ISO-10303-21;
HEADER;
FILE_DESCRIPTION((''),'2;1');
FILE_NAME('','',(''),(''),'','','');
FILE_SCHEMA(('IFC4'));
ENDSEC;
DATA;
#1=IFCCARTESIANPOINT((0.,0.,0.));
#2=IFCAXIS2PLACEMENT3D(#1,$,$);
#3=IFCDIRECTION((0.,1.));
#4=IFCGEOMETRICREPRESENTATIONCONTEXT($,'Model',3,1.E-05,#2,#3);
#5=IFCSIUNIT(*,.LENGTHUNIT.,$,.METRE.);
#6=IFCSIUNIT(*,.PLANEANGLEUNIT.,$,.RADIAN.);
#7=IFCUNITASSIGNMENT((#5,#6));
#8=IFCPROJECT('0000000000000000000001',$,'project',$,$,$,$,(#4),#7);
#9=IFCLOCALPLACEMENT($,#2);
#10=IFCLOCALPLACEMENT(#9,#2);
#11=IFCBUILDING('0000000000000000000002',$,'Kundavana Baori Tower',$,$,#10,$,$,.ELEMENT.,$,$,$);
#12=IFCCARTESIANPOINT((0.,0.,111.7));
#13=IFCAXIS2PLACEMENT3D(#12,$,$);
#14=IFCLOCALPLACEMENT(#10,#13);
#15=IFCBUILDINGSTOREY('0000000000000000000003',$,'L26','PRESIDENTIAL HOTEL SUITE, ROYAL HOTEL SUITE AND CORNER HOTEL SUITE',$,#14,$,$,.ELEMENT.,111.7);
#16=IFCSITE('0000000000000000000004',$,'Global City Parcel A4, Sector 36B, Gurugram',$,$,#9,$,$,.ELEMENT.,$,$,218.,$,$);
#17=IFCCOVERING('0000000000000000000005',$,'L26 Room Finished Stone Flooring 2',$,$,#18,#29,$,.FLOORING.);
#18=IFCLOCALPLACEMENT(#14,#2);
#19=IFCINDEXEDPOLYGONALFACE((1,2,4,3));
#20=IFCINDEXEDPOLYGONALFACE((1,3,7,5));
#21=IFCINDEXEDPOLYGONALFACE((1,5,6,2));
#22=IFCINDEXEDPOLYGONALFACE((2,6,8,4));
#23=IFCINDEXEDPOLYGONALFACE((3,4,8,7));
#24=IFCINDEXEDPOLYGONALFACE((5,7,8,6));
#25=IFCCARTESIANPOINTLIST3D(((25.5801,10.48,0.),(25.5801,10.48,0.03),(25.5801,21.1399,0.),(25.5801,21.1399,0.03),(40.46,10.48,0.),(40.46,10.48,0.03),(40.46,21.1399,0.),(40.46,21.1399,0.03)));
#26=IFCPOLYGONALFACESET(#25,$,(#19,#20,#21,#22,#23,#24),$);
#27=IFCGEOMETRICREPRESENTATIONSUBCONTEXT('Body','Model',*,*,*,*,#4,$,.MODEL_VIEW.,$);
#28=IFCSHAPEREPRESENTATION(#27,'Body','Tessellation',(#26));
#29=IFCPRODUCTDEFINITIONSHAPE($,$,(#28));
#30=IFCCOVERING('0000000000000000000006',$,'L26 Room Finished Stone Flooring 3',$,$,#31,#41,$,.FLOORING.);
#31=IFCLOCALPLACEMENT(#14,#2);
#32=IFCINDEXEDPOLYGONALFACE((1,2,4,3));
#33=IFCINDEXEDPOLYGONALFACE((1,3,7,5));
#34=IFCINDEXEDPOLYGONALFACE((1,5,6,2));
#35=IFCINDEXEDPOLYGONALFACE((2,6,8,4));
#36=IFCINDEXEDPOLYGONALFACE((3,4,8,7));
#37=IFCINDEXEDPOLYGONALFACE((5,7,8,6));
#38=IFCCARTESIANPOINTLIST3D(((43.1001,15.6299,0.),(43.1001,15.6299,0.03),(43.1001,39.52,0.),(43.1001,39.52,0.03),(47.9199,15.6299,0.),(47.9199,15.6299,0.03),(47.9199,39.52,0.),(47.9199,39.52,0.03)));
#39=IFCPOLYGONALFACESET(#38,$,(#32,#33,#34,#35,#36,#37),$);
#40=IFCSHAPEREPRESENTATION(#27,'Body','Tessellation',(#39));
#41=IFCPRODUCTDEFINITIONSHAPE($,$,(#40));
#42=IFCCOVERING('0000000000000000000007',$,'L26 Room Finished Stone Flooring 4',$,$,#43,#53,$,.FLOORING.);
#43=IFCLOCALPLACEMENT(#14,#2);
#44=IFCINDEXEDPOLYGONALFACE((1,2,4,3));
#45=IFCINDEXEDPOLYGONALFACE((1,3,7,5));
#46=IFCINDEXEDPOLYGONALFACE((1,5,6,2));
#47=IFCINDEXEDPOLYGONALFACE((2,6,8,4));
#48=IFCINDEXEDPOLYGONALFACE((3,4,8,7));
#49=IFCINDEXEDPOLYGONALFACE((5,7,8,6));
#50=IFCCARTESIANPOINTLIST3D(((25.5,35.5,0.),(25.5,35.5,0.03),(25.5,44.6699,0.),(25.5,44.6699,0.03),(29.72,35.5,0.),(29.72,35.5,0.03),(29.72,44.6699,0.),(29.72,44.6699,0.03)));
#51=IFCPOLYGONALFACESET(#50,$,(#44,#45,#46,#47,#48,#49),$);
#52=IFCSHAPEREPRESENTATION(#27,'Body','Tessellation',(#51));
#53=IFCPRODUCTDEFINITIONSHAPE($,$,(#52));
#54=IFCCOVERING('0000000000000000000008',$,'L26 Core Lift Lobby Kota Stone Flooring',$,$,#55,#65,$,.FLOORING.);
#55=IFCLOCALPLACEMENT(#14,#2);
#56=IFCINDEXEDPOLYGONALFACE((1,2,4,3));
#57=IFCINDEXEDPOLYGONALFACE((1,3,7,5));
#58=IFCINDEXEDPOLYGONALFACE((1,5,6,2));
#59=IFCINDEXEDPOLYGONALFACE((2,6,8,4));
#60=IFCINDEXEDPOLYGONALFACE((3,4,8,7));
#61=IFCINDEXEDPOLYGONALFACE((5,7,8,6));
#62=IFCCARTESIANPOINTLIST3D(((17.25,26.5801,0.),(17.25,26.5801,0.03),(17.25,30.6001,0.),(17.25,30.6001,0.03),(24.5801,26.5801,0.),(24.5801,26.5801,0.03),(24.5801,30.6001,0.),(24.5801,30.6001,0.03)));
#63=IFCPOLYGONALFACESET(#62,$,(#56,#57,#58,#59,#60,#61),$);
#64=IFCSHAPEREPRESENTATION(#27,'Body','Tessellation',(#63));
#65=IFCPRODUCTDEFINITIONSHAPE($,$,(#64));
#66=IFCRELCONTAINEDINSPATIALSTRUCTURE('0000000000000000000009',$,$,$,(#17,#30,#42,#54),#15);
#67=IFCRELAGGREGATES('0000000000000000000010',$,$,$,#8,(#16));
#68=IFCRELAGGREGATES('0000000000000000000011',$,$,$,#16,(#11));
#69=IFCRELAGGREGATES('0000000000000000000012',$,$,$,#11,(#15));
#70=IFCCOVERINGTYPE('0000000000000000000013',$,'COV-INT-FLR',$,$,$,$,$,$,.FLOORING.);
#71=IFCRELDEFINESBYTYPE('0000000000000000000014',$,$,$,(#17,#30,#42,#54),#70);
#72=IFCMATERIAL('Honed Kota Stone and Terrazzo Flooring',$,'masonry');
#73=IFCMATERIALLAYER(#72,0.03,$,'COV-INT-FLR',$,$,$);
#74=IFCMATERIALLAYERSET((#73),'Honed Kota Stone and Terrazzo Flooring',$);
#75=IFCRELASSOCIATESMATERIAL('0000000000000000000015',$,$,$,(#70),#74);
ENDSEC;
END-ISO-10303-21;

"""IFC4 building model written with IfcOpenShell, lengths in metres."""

from ifc_helpers import new_model, si_unit, direction, frame, origin, place, context, subcontext, project, spatial, polyline, outline, extrude, material, layer, layer_set, type_object, element, save


model = new_model("IFC4")

# Units and contexts
model_context = context("Model", 3, precision=1e-05, world=origin(), true_north=direction((0.0, 1.0)))
body_context = subcontext(model_context, "Body", "Model", "MODEL_VIEW")
ifc_project = project(units=[si_unit("LENGTHUNIT", "METRE"), si_unit("PLANEANGLEUNIT", "RADIAN")], contexts=[model_context])

# Site, building, storey
site_placement = place(None, origin())
site = spatial("IfcSite", under=ifc_project, at=site_placement, Name="Global City Parcel A4, Sector 36B, Gurugram", CompositionType="ELEMENT", RefElevation=218.0)
building_placement = place(site_placement, origin())
building = spatial("IfcBuilding", under=site, at=building_placement, Name="Kundavana Baori Tower", CompositionType="ELEMENT")
storey_placement = place(building_placement, frame((0.0, 0.0, 111.7)))
storey = spatial("IfcBuildingStorey", under=building, at=storey_placement, Name="L26", Description="PRESIDENTIAL HOTEL SUITE, ROYAL HOTEL SUITE AND CORNER HOTEL SUITE", CompositionType="ELEMENT", Elevation=111.7)

# Coverings
ifc_material_1 = material(Name="Honed Kota Stone and Terrazzo Flooring", Category="masonry")
ifc_layer_1 = layer(ifc_material_1, 0.03, Name="COV-INT-FLR")
ifc_layer_set_1 = layer_set([ifc_layer_1], Name="Honed Kota Stone and Terrazzo Flooring")
covering_type = type_object("IfcCoveringType", Name="COV-INT-FLR", PredefinedType="FLOORING", material=ifc_layer_set_1)
covering_1_placement = place(storey_placement, origin())
element("IfcCovering", 1, at=covering_1_placement, inside=storey, type_object=covering_type, Name="L26 Room Finished Stone Flooring 2", PredefinedType="FLOORING", context=body_context, shape_type="SweptSolid", body=[
    extrude(outline(polyline([(25.5801, 10.48), (40.46, 10.48), (40.46, 21.1399), (25.5801, 21.1399), (25.5801, 10.48)])), origin(), (0.0, 0.0, 1.0), 0.03),
])
covering_2_placement = place(storey_placement, origin())
element("IfcCovering", 2, at=covering_2_placement, inside=storey, type_object=covering_type, Name="L26 Room Finished Stone Flooring 3", PredefinedType="FLOORING", context=body_context, shape_type="SweptSolid", body=[
    extrude(outline(polyline([(43.1001, 15.6299), (47.9199, 15.6299), (47.9199, 39.52), (43.1001, 39.52), (43.1001, 15.6299)])), origin(), (0.0, 0.0, 1.0), 0.03),
])
covering_3_placement = place(storey_placement, origin())
element("IfcCovering", 3, at=covering_3_placement, inside=storey, type_object=covering_type, Name="L26 Room Finished Stone Flooring 4", PredefinedType="FLOORING", context=body_context, shape_type="SweptSolid", body=[
    extrude(outline(polyline([(25.5, 35.5), (29.72, 35.5), (29.72, 44.6699), (25.5, 44.6699), (25.5, 35.5)])), origin(), (0.0, 0.0, 1.0), 0.03),
])
covering_4_placement = place(storey_placement, origin())
element("IfcCovering", 4, at=covering_4_placement, inside=storey, type_object=covering_type, Name="L26 Core Lift Lobby Kota Stone Flooring", PredefinedType="FLOORING", context=body_context, shape_type="SweptSolid", body=[
    extrude(outline(polyline([(17.25, 26.5801), (24.5801, 26.5801), (24.5801, 30.6001), (17.25, 30.6001), (17.25, 26.5801)])), origin(), (0.0, 0.0, 1.0), 0.03),
])

save(model, "model.ifc")
